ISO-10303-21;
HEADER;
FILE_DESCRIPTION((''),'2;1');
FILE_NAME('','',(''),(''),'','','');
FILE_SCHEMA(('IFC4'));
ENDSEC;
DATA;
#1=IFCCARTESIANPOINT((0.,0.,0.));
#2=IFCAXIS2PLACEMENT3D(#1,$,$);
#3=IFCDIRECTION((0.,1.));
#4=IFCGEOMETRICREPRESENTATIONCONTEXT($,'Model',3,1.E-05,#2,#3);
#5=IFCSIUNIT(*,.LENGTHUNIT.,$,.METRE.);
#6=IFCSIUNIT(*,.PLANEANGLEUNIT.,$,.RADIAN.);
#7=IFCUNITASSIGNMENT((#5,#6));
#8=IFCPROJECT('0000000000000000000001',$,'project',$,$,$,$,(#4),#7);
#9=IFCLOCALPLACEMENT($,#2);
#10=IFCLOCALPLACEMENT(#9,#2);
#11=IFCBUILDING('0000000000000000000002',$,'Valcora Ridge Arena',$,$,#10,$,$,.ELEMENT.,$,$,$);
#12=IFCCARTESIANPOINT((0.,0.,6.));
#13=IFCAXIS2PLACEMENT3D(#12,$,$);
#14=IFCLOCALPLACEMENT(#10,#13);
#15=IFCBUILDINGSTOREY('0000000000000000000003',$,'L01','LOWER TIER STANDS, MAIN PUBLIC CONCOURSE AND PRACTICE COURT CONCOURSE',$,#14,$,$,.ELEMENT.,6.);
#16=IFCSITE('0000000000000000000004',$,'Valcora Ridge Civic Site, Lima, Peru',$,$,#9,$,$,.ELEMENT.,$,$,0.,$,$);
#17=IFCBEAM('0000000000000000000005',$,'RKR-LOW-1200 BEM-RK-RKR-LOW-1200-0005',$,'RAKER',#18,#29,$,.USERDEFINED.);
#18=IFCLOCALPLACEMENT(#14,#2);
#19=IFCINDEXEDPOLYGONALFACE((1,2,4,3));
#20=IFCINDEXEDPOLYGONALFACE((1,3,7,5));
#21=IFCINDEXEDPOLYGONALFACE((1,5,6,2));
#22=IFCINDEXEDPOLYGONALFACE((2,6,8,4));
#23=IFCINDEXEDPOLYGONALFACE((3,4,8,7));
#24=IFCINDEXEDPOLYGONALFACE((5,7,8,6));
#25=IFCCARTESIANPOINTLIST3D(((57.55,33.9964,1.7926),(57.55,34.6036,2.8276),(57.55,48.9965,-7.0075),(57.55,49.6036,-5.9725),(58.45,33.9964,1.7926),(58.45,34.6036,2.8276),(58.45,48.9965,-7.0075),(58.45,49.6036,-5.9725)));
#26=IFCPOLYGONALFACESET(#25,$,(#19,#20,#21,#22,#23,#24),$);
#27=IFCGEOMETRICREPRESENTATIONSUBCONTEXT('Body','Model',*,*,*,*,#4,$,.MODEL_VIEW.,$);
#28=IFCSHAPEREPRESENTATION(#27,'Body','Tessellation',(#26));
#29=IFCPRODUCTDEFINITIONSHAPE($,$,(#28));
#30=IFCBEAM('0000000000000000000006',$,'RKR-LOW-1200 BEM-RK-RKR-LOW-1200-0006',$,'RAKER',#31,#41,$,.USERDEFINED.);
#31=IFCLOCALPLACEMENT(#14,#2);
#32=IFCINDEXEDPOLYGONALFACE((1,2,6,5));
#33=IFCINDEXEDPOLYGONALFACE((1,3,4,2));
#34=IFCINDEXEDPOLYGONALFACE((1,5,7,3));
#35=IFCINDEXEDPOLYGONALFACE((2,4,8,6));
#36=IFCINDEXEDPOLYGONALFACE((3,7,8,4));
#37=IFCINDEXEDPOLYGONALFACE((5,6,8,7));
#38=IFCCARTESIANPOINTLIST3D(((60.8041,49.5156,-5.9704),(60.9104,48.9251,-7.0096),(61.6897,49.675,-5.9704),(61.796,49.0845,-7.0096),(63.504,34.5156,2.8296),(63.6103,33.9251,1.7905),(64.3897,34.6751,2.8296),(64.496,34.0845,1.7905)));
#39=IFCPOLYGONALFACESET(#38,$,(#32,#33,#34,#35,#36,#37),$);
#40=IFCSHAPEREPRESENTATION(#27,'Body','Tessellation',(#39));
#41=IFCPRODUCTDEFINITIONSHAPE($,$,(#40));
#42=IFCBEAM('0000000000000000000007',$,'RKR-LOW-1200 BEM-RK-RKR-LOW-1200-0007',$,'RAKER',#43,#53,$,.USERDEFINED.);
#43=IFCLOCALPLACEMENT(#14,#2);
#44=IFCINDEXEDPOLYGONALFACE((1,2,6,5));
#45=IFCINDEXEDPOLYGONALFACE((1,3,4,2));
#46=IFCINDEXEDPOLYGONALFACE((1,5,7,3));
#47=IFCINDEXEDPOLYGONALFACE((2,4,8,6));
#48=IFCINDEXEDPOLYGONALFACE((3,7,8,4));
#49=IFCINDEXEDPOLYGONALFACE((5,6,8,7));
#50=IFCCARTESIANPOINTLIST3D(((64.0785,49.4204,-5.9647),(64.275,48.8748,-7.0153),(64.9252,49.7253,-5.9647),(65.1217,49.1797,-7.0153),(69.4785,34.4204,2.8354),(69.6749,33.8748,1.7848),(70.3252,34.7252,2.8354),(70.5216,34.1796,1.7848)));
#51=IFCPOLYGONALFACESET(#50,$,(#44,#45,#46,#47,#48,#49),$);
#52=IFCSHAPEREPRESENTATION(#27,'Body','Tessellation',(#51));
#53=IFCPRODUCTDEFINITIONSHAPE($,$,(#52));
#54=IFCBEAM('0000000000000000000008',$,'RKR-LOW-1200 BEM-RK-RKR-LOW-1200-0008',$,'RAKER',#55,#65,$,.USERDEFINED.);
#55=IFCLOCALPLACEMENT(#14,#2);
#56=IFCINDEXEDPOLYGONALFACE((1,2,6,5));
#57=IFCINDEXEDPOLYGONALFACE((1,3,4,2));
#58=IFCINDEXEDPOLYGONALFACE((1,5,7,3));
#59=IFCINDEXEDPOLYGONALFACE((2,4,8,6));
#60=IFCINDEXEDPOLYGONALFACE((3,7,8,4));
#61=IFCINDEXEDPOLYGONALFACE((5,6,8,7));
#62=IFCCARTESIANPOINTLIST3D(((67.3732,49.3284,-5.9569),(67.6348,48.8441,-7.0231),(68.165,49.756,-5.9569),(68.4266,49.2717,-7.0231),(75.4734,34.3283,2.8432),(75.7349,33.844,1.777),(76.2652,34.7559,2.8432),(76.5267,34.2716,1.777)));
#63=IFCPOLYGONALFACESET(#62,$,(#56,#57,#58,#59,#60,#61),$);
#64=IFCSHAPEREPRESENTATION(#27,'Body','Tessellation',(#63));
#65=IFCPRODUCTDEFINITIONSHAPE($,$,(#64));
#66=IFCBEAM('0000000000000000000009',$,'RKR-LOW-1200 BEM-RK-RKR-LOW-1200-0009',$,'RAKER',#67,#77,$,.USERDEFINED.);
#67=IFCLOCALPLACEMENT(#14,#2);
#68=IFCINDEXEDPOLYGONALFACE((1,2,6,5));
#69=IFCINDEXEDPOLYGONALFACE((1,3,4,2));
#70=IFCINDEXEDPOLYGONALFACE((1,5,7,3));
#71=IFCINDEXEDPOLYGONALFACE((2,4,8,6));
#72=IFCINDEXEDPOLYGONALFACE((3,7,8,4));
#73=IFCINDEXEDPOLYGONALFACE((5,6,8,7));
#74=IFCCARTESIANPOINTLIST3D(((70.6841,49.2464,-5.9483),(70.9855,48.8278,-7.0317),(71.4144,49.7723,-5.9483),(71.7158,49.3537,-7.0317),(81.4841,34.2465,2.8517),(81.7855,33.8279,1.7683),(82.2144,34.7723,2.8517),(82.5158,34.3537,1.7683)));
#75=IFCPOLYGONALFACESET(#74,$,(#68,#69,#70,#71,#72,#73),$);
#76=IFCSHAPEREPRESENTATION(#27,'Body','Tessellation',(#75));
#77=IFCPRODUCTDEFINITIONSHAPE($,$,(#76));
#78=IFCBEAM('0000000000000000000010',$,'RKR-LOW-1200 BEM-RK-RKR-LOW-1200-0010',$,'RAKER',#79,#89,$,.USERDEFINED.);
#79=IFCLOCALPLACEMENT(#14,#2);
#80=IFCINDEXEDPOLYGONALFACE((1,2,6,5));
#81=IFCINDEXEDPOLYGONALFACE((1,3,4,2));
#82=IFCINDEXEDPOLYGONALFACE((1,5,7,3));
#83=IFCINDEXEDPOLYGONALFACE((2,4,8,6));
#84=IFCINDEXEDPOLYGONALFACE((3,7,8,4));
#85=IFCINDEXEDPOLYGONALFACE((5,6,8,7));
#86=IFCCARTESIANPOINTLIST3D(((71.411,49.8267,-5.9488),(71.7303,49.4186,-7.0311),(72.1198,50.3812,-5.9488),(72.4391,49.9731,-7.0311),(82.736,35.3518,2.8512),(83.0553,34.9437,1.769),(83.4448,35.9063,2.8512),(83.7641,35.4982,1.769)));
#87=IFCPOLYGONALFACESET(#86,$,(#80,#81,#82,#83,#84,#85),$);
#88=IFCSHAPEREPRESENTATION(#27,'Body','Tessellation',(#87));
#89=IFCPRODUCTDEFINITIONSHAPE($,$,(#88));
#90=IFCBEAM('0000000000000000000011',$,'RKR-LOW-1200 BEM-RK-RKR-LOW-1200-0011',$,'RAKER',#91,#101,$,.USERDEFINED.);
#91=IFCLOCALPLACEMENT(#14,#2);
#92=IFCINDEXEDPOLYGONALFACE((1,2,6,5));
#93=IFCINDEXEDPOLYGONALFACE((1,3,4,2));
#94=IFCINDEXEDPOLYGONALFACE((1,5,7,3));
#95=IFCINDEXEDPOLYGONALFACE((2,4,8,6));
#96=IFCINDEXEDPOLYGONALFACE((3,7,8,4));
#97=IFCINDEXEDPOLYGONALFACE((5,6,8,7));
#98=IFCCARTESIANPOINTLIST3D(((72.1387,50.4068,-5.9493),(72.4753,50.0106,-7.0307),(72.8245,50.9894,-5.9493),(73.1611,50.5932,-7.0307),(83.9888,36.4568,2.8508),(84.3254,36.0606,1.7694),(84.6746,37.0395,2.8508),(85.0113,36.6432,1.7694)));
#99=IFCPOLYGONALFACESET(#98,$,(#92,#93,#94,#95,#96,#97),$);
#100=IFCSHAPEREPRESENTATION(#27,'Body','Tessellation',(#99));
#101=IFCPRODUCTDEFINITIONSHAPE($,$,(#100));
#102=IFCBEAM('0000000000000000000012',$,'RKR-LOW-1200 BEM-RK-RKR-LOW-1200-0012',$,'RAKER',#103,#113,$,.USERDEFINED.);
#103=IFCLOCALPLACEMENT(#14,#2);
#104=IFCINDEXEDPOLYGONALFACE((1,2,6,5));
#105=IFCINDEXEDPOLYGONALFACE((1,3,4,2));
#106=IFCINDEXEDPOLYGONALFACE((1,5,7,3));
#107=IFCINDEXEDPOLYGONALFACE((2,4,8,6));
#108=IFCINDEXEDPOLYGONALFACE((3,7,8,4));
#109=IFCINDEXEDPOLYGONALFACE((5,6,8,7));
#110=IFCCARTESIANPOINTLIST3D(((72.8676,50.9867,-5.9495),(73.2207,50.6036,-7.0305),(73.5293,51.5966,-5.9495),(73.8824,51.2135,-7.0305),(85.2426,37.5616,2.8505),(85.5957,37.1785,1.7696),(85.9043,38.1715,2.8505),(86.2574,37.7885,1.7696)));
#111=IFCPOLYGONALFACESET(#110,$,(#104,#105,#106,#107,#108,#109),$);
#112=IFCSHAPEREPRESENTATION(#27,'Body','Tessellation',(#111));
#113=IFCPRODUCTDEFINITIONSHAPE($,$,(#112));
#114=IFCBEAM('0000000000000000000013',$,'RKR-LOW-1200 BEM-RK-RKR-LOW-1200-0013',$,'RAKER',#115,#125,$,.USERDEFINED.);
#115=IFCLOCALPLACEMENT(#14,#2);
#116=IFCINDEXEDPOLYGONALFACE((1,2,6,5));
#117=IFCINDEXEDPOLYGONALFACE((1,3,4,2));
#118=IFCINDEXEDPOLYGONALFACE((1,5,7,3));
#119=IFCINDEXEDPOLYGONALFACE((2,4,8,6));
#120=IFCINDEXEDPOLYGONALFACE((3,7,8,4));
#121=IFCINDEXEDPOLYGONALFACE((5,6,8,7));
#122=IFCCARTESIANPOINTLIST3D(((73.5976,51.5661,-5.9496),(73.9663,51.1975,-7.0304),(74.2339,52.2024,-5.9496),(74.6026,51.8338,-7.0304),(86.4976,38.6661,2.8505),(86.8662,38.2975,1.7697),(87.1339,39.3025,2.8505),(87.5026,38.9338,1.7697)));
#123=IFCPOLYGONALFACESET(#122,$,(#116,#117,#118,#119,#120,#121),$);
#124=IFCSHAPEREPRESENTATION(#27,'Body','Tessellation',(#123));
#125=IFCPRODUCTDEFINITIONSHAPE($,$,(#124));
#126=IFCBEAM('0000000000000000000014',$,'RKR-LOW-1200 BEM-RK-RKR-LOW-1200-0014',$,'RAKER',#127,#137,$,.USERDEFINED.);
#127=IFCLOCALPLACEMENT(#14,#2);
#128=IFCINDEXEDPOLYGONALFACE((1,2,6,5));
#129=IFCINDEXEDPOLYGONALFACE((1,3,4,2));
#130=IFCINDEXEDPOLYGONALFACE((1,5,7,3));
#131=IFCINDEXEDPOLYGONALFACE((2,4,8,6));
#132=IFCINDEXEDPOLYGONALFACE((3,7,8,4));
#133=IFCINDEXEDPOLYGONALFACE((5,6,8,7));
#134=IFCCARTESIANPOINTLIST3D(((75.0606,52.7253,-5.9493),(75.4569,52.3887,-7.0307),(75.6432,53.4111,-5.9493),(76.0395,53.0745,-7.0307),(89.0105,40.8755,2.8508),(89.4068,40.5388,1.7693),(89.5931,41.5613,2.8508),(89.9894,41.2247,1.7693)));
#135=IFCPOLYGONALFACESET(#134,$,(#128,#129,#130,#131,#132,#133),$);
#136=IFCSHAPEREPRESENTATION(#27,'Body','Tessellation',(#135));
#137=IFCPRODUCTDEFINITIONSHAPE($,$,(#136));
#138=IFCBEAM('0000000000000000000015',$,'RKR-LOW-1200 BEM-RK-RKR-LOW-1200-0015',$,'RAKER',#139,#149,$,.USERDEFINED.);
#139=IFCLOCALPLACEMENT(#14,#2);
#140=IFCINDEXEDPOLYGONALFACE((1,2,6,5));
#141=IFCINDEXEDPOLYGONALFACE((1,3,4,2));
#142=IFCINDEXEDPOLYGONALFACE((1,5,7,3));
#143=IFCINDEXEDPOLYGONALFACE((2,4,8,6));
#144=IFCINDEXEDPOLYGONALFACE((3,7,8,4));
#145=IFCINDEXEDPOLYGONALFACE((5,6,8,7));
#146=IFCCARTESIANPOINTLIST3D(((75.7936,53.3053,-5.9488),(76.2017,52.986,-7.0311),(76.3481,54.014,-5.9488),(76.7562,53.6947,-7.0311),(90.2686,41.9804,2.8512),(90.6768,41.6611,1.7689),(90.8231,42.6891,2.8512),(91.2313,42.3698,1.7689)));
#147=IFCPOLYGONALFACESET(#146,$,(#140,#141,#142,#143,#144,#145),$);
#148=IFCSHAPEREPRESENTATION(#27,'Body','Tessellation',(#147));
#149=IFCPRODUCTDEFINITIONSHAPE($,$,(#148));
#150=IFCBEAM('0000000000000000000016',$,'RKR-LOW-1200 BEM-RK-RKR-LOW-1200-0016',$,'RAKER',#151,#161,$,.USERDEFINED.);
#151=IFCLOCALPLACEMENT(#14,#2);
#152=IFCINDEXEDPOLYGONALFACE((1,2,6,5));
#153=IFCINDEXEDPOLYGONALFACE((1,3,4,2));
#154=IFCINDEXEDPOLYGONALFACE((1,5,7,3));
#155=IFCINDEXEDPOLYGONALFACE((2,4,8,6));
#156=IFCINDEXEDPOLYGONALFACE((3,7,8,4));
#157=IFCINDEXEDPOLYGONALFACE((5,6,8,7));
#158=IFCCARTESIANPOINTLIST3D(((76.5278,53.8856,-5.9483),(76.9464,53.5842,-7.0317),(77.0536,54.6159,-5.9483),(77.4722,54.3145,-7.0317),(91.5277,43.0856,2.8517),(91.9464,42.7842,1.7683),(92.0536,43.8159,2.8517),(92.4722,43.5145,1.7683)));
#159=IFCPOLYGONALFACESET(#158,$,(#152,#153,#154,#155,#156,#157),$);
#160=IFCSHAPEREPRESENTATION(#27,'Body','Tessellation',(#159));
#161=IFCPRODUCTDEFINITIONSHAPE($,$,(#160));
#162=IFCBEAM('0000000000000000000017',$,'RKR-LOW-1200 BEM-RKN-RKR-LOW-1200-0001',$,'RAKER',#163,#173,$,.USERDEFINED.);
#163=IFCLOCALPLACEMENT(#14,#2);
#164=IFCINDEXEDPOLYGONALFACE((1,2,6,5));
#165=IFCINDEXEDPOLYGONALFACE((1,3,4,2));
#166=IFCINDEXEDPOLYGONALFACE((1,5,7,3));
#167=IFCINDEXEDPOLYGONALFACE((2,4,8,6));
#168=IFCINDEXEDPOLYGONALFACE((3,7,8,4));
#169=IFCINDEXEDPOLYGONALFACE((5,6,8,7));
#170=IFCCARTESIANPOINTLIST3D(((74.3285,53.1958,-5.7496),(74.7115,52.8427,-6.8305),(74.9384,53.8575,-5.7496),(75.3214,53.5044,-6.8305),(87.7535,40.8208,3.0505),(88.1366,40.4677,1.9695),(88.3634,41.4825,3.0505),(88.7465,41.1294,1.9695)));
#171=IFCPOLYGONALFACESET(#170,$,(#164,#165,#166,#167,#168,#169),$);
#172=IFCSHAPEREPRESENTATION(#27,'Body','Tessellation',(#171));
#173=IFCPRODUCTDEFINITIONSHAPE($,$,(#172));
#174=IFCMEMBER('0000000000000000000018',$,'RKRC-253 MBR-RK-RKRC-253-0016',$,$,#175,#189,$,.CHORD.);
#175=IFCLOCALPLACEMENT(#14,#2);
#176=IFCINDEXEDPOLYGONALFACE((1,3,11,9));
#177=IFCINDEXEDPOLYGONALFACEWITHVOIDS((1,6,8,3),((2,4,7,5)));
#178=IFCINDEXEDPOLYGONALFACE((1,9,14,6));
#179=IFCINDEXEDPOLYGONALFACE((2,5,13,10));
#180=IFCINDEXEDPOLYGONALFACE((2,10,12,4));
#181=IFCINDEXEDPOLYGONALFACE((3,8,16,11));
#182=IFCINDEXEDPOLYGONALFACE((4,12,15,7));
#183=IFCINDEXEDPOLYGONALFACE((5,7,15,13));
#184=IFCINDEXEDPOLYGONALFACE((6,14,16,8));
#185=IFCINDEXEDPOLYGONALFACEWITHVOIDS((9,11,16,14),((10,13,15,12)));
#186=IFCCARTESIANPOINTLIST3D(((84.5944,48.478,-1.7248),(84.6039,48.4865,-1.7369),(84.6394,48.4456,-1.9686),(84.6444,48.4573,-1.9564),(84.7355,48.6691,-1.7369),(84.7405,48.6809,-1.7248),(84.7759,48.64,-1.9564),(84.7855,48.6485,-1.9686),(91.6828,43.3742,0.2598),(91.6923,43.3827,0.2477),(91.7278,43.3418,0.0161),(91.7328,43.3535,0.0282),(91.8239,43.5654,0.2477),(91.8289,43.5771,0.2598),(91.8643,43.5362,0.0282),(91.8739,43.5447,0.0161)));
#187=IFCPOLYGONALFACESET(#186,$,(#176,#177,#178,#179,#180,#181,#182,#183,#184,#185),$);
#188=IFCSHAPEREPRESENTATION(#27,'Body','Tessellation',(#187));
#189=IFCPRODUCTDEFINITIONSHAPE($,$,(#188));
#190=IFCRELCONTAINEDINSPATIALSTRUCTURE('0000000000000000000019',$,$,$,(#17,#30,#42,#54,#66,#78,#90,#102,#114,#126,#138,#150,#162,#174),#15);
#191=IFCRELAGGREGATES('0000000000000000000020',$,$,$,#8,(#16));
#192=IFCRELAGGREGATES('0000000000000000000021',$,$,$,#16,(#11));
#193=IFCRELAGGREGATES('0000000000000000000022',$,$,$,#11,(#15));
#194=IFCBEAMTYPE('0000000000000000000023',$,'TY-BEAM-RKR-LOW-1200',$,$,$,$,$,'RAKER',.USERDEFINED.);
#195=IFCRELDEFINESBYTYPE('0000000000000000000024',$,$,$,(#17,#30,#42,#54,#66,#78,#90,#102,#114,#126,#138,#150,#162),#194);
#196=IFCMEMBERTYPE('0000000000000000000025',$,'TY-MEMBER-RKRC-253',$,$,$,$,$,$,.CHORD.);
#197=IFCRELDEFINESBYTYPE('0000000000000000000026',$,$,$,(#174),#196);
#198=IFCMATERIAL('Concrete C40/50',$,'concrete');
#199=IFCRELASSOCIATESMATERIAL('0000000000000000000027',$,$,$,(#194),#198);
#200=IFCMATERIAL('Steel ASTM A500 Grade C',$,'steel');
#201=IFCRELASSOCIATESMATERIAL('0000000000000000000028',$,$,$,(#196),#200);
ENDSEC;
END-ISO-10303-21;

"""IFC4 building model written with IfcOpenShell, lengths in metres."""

from ifc_helpers import new_model, si_unit, direction, frame, origin, origin_2d, place, context, subcontext, project, spatial, rectangle, hollow_rectangle, extrude, material, material_profile, profile_set, type_object, element, save


model = new_model("IFC4")

# Units and contexts
model_context = context("Model", 3, precision=1e-05, world=origin(), true_north=direction((0.0, 1.0)))
body_context = subcontext(model_context, "Body", "Model", "MODEL_VIEW")
ifc_project = project(units=[si_unit("LENGTHUNIT", "METRE"), si_unit("PLANEANGLEUNIT", "RADIAN")], contexts=[model_context])

# Site, building, storey
site_placement = place(None, origin())
site = spatial("IfcSite", under=ifc_project, at=site_placement, Name="Valcora Ridge Civic Site, Lima, Peru", CompositionType="ELEMENT", RefElevation=0.0)
building_placement = place(site_placement, origin())
building = spatial("IfcBuilding", under=site, at=building_placement, Name="Valcora Ridge Arena", CompositionType="ELEMENT")
storey_placement = place(building_placement, frame((0.0, 0.0, 6.0)))
storey = spatial("IfcBuildingStorey", under=building, at=storey_placement, Name="L01", Description="LOWER TIER STANDS, MAIN PUBLIC CONCOURSE AND PRACTICE COURT CONCOURSE", CompositionType="ELEMENT", Elevation=6.0)

# Beams
ifc_material_1 = material(Name="Concrete C40/50", Category="concrete")
ifc_material_profile_1 = material_profile(ifc_material_1, rectangle(XDim=0.8999, YDim=1.2, at=origin_2d()), Name="RC 900x1200")
ifc_profile_set_1 = profile_set([ifc_material_profile_1], Name="Concrete C40/50")
beam_type = type_object("IfcBeamType", Name="TY-BEAM-RKR-LOW-1200", ElementType="RAKER", PredefinedType="USERDEFINED", material=ifc_profile_set_1)
beam_1_placement = place(storey_placement, frame((58.0, 49.3, -6.49), z_axis=(0.0, -0.862524, 0.506017), x_axis=(1.0, 0.0, 0.0)))
element("IfcBeam", 1, at=beam_1_placement, inside=storey, type_object=beam_type, Name="RKR-LOW-1200 BEM-RK-RKR-LOW-1200-0005", ObjectType="RAKER", PredefinedType="USERDEFINED", context=body_context, shape_type="SweptSolid", body=[
    extrude(rectangle(XDim=0.8999, YDim=1.2, at=origin_2d()), origin(), (0.0, 0.0, 1.0), 17.3909),
])
beam_2_placement = place(storey_placement, frame((61.3, 49.3, -6.49), z_axis=(0.153414, -0.852313, 0.500027), x_axis=(0.984184, 0.17715, 0.0)))
element("IfcBeam", 2, at=beam_2_placement, inside=storey, type_object=beam_type, Name="RKR-LOW-1200 BEM-RK-RKR-LOW-1200-0006", ObjectType="RAKER", PredefinedType="USERDEFINED", context=body_context, shape_type="SweptSolid", body=[
    extrude(rectangle(XDim=0.8999, YDim=1.2, at=origin_2d()), origin(), (0.0, 0.0, 1.0), 17.5991),
])
beam_3_placement = place(storey_placement, frame((64.6001, 49.3, -6.49), z_axis=(0.296537, -0.823729, 0.483257), x_axis=(0.940889, 0.338714, 0.0)))
element("IfcBeam", 3, at=beam_3_placement, inside=storey, type_object=beam_type, Name="RKR-LOW-1200 BEM-RK-RKR-LOW-1200-0007", ObjectType="RAKER", PredefinedType="USERDEFINED", context=body_context, shape_type="SweptSolid", body=[
    extrude(rectangle(XDim=0.8999, YDim=1.2, at=origin_2d()), origin(), (0.0, 0.0, 1.0), 18.21),
])
beam_4_placement = place(storey_placement, frame((67.8999, 49.3, -6.49), z_axis=(0.422217, -0.781873, 0.458702), x_axis=(0.879903, 0.475153, 0.0)))
element("IfcBeam", 4, at=beam_4_placement, inside=storey, type_object=beam_type, Name="RKR-LOW-1200 BEM-RK-RKR-LOW-1200-0008", ObjectType="RAKER", PredefinedType="USERDEFINED", context=body_context, shape_type="SweptSolid", body=[
    extrude(rectangle(XDim=0.8999, YDim=1.2, at=origin_2d()), origin(), (0.0, 0.0, 1.0), 19.1848),
])
beam_5_placement = place(storey_placement, frame((71.2, 49.3, -6.49), z_axis=(0.527565, -0.732726, 0.429869), x_axis=(0.811533, 0.584306, 0.0)))
element("IfcBeam", 5, at=beam_5_placement, inside=storey, type_object=beam_type, Name="RKR-LOW-1200 BEM-RK-RKR-LOW-1200-0009", ObjectType="RAKER", PredefinedType="USERDEFINED", context=body_context, shape_type="SweptSolid", body=[
    extrude(rectangle(XDim=0.8999, YDim=1.2, at=origin_2d()), origin(), (0.0, 0.0, 1.0), 20.4714),
])
beam_6_placement = place(storey_placement, frame((71.925, 49.8999, -6.49), z_axis=(0.555775, -0.710357, 0.431865), x_axis=(0.787589, 0.6162, 0.0)))
element("IfcBeam", 6, at=beam_6_placement, inside=storey, type_object=beam_type, Name="RKR-LOW-1200 BEM-RK-RKR-LOW-1200-0010", ObjectType="RAKER", PredefinedType="USERDEFINED", context=body_context, shape_type="SweptSolid", body=[
    extrude(rectangle(XDim=0.8999, YDim=1.2, at=origin_2d()), origin(), (0.0, 0.0, 1.0), 20.377),
])
beam_7_placement = place(storey_placement, frame((72.6499, 50.5, -6.49), z_axis=(0.583482, -0.686876, 0.433302), x_axis=(0.762138, 0.647415, 0.0)))
element("IfcBeam", 7, at=beam_7_placement, inside=storey, type_object=beam_type, Name="RKR-LOW-1200 BEM-RK-RKR-LOW-1200-0011", ObjectType="RAKER", PredefinedType="USERDEFINED", context=body_context, shape_type="SweptSolid", body=[
    extrude(rectangle(XDim=0.8999, YDim=1.2, at=origin_2d()), origin(), (0.0, 0.0, 1.0), 20.3093),
])
beam_8_placement = place(storey_placement, frame((73.375, 51.1001, -6.49), z_axis=(0.610552, -0.662359, 0.434173), x_axis=(0.735277, 0.677767, 0.0)))
element("IfcBeam", 8, at=beam_8_placement, inside=storey, type_object=beam_type, Name="RKR-LOW-1200 BEM-RK-RKR-LOW-1200-0012", ObjectType="RAKER", PredefinedType="USERDEFINED", context=body_context, shape_type="SweptSolid", body=[
    extrude(rectangle(XDim=0.8999, YDim=1.2, at=origin_2d()), origin(), (0.0, 0.0, 1.0), 20.2686),
])
beam_9_placement = place(storey_placement, frame((74.1001, 51.7, -6.49), z_axis=(0.636882, -0.636882, 0.434468), x_axis=(0.707107, 0.707107, 0.0)))
element("IfcBeam", 9, at=beam_9_placement, inside=storey, type_object=beam_type, Name="RKR-LOW-1200 BEM-RK-RKR-LOW-1200-0013", ObjectType="RAKER", PredefinedType="USERDEFINED", context=body_context, shape_type="SweptSolid", body=[
    extrude(rectangle(XDim=0.8999, YDim=1.2, at=origin_2d()), origin(), (0.0, 0.0, 1.0), 20.2549),
])
beam_10_placement = place(storey_placement, frame((75.55, 52.8999, -6.49), z_axis=(0.686881, -0.583474, 0.433305), x_axis=(0.647407, 0.762144, 0.0)))
element("IfcBeam", 10, at=beam_10_placement, inside=storey, type_object=beam_type, Name="RKR-LOW-1200 BEM-RK-RKR-LOW-1200-0014", ObjectType="RAKER", PredefinedType="USERDEFINED", context=body_context, shape_type="SweptSolid", body=[
    extrude(rectangle(XDim=0.8999, YDim=1.2, at=origin_2d()), origin(), (0.0, 0.0, 1.0), 20.3091),
])
beam_11_placement = place(storey_placement, frame((76.2749, 53.5, -6.49), z_axis=(0.710363, -0.55577, 0.431861), x_axis=(0.616194, 0.787594, 0.0)))
element("IfcBeam", 11, at=beam_11_placement, inside=storey, type_object=beam_type, Name="RKR-LOW-1200 BEM-RK-RKR-LOW-1200-0015", ObjectType="RAKER", PredefinedType="USERDEFINED", context=body_context, shape_type="SweptSolid", body=[
    extrude(rectangle(XDim=0.8999, YDim=1.2, at=origin_2d()), origin(), (0.0, 0.0, 1.0), 20.377),
])
beam_12_placement = place(storey_placement, frame((77.0, 54.1001, -6.49), z_axis=(0.732726, -0.527565, 0.429869), x_axis=(0.584306, 0.811533, 0.0)))
element("IfcBeam", 12, at=beam_12_placement, inside=storey, type_object=beam_type, Name="RKR-LOW-1200 BEM-RK-RKR-LOW-1200-0016", ObjectType="RAKER", PredefinedType="USERDEFINED", context=body_context, shape_type="SweptSolid", body=[
    extrude(rectangle(XDim=0.8999, YDim=1.2, at=origin_2d()), origin(), (0.0, 0.0, 1.0), 20.4714),
])
beam_13_placement = place(storey_placement, frame((74.825, 53.3501, -6.29), z_axis=(0.662359, -0.610552, 0.434173), x_axis=(0.677767, 0.735277, 0.0)))
element("IfcBeam", 13, at=beam_13_placement, inside=storey, type_object=beam_type, Name="RKR-LOW-1200 BEM-RKN-RKR-LOW-1200-0001", ObjectType="RAKER", PredefinedType="USERDEFINED", context=body_context, shape_type="SweptSolid", body=[
    extrude(rectangle(XDim=0.8999, YDim=1.2, at=origin_2d()), origin(), (0.0, 0.0, 1.0), 20.2686),
])

# Member
ifc_material_2 = material(Name="Steel ASTM A500 Grade C", Category="steel")
ifc_material_profile_2 = material_profile(ifc_material_2, hollow_rectangle(XDim=0.25, YDim=0.25, WallThickness=0.0125, at=origin_2d()), Name="HSS250X250X12")
ifc_profile_set_2 = profile_set([ifc_material_profile_2], Name="Steel ASTM A500 Grade C")
member_type_1 = type_object("IfcMemberType", Name="TY-MEMBER-RKRC-253", PredefinedType="CHORD", material=ifc_profile_set_2)
member_1_placement = place(storey_placement, frame((84.6899, 48.5632, -1.8467), z_axis=(0.791357, -0.569791, 0.221566), x_axis=(0.584314, 0.811527, 0.0)))
element("IfcMember", 14, at=member_1_placement, inside=storey, type_object=member_type_1, Name="RKRC-253 MBR-RK-RKRC-253-0016", PredefinedType="CHORD", context=body_context, shape_type="SweptSolid", body=[
    extrude(hollow_rectangle(XDim=0.25, YDim=0.25, WallThickness=0.0125, at=origin_2d()), origin(), (0.0, 0.0, 1.0), 8.9573),
])

save(model, "model.ifc")
